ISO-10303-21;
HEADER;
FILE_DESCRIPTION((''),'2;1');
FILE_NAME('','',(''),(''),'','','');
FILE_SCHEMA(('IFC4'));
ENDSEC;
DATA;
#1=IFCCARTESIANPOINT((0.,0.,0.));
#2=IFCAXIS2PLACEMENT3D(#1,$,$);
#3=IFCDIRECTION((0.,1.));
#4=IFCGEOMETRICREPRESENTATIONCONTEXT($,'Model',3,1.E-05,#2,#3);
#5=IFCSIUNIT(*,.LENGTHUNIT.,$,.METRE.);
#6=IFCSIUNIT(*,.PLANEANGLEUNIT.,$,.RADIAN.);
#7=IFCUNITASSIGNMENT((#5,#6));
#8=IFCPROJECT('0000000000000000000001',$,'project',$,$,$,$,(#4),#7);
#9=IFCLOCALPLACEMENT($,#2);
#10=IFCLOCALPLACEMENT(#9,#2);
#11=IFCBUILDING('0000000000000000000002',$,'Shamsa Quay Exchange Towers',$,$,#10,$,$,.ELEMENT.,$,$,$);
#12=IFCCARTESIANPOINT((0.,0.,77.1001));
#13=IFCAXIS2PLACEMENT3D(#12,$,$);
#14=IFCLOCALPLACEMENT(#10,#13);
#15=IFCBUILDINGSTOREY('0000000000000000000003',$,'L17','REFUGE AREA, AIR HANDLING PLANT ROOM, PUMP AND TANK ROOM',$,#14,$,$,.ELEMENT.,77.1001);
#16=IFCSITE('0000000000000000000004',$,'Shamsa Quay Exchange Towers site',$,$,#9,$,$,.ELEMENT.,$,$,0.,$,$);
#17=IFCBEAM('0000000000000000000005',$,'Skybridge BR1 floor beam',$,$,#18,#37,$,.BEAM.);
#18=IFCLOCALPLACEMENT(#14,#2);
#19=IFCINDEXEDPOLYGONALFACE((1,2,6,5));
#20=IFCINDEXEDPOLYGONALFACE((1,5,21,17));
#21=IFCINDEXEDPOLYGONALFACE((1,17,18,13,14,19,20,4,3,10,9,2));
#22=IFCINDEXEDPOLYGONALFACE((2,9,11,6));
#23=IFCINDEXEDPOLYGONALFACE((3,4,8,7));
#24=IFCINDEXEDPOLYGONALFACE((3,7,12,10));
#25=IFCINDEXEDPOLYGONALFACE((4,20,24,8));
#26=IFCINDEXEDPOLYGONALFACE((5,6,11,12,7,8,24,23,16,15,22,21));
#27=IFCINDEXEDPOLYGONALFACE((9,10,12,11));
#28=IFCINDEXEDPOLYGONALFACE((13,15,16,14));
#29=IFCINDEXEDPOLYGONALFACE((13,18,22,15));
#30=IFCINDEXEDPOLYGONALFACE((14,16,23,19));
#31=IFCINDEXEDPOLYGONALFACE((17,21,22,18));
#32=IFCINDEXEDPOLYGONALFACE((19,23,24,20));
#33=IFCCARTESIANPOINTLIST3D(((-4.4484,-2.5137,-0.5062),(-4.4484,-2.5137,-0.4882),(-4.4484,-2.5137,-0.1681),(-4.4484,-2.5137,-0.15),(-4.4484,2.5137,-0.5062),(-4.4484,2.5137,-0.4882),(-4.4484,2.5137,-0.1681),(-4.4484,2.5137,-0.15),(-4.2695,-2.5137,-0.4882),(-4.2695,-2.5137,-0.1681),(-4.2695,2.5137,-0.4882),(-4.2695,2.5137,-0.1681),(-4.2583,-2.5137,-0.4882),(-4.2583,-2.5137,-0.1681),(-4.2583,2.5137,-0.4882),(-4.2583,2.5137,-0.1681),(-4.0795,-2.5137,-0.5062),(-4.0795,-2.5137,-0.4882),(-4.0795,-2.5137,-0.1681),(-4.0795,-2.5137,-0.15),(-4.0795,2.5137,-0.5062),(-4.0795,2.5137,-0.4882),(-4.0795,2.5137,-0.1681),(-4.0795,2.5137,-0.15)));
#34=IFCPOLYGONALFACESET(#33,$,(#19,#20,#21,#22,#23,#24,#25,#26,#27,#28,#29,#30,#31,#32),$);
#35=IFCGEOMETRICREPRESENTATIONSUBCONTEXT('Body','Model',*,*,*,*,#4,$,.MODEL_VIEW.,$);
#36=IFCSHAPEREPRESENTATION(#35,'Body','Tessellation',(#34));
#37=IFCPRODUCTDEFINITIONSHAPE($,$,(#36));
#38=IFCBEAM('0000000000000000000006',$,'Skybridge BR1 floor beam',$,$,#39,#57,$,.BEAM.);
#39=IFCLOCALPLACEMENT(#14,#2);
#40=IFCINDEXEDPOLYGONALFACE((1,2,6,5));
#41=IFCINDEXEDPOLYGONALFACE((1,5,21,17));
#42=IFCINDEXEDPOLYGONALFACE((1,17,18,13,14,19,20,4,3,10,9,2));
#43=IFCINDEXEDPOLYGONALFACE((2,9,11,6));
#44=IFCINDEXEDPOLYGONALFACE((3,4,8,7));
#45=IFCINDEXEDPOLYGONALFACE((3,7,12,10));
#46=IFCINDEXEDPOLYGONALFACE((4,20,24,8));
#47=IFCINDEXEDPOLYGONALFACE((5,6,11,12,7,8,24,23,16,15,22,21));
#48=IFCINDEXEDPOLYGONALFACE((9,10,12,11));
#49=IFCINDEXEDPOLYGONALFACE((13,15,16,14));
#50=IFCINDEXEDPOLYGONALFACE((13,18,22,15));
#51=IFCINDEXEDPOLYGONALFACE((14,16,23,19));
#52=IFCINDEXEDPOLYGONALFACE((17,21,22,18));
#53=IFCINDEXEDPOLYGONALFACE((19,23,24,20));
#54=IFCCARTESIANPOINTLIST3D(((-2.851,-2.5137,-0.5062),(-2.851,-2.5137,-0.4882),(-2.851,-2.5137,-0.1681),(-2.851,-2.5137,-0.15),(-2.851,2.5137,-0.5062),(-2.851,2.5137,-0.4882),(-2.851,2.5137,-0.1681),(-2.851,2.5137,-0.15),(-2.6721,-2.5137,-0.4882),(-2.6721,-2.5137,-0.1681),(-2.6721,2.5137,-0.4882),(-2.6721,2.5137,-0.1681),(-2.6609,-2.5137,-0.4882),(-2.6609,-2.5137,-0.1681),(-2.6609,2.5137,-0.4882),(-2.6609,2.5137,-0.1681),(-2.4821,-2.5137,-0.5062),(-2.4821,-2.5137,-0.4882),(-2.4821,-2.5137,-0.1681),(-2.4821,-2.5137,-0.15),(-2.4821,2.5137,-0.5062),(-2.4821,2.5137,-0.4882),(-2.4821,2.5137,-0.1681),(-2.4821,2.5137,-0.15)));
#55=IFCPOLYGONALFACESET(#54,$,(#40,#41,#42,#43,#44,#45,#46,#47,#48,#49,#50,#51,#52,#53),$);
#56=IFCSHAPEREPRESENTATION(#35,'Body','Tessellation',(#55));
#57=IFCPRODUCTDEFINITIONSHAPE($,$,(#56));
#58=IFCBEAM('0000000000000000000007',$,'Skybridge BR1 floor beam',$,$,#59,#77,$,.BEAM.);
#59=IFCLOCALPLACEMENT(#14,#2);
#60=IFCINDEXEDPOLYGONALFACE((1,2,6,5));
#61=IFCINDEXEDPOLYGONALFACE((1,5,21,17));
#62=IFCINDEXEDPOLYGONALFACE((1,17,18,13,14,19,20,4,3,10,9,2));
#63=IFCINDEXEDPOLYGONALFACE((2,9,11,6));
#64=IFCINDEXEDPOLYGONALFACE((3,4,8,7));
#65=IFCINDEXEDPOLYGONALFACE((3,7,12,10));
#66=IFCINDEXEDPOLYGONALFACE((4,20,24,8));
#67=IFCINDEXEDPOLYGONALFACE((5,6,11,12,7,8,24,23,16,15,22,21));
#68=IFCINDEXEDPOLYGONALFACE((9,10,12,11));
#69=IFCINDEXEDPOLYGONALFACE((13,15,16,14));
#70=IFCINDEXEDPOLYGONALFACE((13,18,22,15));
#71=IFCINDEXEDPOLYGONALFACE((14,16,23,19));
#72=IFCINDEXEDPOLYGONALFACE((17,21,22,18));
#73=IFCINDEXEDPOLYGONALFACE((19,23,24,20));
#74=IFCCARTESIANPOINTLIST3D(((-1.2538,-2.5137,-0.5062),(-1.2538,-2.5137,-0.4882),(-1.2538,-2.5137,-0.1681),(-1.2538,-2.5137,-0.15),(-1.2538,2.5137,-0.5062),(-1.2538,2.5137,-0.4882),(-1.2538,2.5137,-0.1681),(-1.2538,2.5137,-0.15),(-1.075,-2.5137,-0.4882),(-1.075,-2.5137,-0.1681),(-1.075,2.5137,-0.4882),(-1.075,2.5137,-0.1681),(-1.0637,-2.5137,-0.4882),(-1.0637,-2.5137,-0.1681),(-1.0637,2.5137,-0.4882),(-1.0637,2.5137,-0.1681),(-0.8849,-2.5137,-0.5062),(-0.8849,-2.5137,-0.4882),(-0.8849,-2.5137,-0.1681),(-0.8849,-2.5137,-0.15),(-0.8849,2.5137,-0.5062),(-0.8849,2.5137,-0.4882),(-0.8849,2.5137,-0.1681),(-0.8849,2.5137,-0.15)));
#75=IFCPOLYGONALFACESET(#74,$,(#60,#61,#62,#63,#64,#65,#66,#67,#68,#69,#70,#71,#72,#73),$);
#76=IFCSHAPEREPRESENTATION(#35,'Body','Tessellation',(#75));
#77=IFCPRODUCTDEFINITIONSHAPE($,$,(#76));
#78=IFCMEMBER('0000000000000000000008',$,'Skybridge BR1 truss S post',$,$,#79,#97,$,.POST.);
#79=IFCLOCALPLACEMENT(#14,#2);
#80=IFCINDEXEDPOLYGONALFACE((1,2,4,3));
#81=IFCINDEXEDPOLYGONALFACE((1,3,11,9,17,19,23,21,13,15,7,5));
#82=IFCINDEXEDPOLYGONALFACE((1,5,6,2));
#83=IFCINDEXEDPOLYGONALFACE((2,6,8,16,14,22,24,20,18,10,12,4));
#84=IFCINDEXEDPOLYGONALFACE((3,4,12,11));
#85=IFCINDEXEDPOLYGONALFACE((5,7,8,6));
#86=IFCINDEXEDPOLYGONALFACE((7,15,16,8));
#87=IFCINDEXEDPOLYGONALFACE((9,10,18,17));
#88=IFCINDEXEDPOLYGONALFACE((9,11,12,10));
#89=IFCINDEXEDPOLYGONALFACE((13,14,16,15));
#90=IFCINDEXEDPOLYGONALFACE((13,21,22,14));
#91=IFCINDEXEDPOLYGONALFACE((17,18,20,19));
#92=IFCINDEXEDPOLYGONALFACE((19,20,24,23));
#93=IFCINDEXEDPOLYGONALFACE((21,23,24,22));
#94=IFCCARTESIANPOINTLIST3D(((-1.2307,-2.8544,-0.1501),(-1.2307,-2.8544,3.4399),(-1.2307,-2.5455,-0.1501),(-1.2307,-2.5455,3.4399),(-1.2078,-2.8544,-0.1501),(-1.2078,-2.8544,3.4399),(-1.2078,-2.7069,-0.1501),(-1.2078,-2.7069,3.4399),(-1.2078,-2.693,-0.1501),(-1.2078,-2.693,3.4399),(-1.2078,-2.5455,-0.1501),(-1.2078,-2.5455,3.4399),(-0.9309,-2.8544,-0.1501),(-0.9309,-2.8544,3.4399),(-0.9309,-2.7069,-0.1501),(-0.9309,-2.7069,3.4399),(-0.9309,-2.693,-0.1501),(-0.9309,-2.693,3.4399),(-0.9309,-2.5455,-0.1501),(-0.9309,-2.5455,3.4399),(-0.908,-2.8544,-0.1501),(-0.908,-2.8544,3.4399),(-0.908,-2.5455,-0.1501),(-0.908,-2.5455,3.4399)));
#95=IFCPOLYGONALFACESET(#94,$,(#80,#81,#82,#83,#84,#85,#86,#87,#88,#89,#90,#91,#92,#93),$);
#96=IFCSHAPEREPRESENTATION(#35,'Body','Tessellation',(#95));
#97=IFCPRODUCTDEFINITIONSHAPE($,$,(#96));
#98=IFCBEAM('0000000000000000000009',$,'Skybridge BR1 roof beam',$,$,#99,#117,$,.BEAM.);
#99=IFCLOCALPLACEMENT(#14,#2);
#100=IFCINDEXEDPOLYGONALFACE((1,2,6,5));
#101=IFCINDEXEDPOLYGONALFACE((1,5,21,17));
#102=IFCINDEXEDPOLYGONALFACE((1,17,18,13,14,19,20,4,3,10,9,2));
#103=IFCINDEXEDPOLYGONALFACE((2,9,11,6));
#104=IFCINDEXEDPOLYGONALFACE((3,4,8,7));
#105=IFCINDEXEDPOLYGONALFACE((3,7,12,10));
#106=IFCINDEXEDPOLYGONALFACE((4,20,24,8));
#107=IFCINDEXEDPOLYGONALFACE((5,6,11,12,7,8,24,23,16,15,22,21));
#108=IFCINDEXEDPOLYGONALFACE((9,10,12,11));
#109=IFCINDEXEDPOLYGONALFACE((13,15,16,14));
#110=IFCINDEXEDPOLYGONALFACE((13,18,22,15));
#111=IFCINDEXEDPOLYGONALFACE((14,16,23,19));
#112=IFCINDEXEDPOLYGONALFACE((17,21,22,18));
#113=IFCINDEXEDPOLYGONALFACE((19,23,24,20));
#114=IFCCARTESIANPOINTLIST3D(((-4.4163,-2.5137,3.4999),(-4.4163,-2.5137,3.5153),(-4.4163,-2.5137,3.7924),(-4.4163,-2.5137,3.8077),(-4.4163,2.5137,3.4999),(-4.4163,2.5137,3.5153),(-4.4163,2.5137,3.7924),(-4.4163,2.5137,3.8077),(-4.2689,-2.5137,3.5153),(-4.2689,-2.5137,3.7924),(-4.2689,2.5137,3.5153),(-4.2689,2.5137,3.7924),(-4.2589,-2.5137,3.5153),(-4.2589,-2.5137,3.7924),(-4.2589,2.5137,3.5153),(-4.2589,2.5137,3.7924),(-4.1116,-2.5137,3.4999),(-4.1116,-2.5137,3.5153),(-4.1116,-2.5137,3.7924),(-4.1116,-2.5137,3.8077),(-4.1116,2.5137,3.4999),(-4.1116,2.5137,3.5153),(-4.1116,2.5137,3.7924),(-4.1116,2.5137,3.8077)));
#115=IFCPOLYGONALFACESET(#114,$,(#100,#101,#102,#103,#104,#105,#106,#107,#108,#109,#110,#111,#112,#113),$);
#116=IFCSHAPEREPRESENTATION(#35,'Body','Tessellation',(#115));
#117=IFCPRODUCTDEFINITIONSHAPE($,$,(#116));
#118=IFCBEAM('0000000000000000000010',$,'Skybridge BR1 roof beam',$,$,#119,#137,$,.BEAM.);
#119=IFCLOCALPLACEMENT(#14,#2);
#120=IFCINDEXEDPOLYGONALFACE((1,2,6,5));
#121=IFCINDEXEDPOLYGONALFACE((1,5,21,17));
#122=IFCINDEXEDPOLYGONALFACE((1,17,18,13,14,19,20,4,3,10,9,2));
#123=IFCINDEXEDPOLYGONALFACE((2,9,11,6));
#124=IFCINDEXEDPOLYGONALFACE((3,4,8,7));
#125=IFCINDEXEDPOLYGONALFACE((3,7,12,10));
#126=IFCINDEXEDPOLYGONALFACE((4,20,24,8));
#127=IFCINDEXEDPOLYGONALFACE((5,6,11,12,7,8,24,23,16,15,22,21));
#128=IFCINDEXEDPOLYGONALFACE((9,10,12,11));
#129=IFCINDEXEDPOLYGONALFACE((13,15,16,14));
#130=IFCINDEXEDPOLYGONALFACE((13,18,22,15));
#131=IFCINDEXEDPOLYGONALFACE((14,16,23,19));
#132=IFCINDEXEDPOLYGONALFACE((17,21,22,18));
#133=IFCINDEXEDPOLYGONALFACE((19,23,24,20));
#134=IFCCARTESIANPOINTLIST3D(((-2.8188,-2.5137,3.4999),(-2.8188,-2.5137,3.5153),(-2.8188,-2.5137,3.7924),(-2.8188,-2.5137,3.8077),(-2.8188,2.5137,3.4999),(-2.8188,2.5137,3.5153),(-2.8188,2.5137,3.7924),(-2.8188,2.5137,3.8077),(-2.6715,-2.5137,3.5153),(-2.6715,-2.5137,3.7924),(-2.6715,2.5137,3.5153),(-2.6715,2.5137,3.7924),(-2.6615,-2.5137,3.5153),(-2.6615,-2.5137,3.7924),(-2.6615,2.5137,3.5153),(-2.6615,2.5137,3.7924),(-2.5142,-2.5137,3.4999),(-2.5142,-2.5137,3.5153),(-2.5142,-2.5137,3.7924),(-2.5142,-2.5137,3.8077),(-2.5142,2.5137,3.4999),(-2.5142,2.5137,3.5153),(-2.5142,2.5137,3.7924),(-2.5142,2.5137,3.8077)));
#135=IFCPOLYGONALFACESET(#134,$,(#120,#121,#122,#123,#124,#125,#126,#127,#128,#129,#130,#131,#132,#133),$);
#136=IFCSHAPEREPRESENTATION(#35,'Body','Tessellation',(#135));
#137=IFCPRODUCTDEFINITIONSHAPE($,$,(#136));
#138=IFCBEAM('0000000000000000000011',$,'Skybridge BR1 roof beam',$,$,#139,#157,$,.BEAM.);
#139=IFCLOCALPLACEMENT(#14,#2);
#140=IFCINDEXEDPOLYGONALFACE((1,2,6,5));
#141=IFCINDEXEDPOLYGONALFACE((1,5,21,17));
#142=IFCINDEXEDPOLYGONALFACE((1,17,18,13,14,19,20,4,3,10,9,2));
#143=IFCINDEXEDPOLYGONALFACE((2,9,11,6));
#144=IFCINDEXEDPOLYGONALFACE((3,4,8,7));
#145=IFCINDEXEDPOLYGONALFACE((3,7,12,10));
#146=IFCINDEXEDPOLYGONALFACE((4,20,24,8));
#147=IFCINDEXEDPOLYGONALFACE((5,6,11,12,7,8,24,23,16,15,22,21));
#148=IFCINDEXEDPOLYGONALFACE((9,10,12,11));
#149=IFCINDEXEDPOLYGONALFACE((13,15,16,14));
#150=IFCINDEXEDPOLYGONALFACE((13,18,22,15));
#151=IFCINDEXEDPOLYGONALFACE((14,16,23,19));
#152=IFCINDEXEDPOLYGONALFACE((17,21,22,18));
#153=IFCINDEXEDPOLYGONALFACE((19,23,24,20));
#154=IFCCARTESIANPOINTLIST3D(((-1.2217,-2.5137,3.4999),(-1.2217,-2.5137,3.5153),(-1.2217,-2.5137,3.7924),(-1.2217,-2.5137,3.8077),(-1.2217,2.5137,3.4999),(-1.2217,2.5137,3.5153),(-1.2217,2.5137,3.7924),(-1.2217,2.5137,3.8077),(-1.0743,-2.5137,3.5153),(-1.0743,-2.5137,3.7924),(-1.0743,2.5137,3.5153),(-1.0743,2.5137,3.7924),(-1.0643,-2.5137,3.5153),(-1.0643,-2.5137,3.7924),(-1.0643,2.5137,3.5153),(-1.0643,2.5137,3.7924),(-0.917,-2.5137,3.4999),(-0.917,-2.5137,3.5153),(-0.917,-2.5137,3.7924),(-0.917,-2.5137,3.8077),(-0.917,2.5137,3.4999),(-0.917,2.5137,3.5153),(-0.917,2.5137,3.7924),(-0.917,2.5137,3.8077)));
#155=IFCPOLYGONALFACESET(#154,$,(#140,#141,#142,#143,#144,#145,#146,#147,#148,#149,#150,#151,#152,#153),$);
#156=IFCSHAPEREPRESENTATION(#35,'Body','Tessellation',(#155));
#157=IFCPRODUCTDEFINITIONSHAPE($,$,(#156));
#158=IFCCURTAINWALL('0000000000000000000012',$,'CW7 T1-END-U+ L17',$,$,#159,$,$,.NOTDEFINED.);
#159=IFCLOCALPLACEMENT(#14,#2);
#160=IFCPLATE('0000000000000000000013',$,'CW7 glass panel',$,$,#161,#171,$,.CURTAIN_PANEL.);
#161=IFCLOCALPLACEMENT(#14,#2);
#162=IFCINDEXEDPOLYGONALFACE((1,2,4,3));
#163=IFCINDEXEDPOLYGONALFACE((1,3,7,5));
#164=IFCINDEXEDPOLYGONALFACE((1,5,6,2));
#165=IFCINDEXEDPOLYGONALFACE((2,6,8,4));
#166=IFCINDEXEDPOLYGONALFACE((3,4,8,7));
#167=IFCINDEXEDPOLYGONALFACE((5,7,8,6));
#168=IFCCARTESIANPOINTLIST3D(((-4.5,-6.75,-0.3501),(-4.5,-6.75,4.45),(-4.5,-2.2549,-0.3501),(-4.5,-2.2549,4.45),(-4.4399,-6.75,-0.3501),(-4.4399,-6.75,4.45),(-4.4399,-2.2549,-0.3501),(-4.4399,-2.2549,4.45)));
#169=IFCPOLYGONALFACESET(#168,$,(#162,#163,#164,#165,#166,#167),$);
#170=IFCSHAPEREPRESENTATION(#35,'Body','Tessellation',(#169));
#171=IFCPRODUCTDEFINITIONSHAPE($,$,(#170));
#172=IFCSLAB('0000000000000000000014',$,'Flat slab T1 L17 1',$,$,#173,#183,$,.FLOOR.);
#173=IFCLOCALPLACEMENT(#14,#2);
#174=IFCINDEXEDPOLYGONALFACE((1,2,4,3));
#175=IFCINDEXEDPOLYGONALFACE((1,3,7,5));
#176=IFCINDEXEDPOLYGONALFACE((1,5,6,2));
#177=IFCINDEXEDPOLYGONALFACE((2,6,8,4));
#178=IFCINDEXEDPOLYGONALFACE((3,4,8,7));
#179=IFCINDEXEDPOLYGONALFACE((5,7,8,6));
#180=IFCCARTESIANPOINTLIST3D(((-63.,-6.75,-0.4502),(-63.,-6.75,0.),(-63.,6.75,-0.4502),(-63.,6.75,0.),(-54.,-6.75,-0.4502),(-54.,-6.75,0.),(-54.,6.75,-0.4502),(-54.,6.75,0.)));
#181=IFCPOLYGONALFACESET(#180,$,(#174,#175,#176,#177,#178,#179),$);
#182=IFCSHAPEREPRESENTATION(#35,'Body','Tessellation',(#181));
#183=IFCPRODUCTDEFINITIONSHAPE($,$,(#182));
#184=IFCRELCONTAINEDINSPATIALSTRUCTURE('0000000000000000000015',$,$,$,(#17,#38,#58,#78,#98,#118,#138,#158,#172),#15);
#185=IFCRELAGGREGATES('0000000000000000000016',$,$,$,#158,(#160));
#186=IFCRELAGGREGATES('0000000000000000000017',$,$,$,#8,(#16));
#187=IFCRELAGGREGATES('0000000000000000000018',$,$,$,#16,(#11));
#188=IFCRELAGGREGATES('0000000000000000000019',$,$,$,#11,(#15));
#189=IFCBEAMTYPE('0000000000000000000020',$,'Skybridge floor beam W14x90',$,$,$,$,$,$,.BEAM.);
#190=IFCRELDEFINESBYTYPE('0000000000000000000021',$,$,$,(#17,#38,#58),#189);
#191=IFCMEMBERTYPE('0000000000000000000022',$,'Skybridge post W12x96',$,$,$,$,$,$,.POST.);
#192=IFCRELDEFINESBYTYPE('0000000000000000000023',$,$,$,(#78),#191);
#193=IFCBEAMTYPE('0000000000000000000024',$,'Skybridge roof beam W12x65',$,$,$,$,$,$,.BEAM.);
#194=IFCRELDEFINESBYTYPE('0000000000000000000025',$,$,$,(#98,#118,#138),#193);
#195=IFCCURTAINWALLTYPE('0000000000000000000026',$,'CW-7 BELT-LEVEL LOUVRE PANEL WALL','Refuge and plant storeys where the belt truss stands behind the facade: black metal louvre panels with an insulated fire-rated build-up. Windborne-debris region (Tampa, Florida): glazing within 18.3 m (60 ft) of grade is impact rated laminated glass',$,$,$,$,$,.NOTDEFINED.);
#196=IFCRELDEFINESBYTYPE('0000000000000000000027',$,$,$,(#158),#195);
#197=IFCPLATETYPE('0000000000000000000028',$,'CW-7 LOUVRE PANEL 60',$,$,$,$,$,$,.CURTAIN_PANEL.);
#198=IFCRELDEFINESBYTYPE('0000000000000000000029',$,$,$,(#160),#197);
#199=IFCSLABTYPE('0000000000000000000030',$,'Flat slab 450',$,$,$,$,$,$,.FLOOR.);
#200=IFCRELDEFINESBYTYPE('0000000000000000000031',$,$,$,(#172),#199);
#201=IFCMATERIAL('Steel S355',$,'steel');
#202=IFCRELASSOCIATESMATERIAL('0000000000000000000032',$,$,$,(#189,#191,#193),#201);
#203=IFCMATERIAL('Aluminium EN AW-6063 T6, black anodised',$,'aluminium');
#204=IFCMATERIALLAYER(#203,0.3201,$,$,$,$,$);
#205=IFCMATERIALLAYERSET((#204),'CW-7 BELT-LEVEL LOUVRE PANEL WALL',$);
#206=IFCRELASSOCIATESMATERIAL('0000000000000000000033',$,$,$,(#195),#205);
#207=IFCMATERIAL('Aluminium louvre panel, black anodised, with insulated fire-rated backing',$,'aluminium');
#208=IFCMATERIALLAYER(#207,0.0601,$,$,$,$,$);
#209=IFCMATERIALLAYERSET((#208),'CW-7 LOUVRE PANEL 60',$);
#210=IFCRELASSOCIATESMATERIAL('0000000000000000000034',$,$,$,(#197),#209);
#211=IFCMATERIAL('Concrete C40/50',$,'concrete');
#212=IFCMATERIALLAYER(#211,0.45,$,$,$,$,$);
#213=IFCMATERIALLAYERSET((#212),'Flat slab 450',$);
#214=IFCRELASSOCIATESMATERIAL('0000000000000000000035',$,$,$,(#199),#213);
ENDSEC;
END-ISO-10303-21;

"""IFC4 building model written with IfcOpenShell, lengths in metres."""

from ifc_helpers import new_model, si_unit, direction, frame, origin, origin_2d, place, context, subcontext, project, spatial, polyline, rectangle, i_section, outline, extrude, material, layer, layer_set, material_profile, profile_set, type_object, element, aggregate, save


model = new_model("IFC4")

# Units and contexts
model_context = context("Model", 3, precision=1e-05, world=origin(), true_north=direction((0.0, 1.0)))
body_context = subcontext(model_context, "Body", "Model", "MODEL_VIEW")
ifc_project = project(units=[si_unit("LENGTHUNIT", "METRE"), si_unit("PLANEANGLEUNIT", "RADIAN")], contexts=[model_context])

# Site, building, storey
site_placement = place(None, origin())
site = spatial("IfcSite", under=ifc_project, at=site_placement, Name="Shamsa Quay Exchange Towers site", CompositionType="ELEMENT", RefElevation=0.0)
building_placement = place(site_placement, origin())
building = spatial("IfcBuilding", under=site, at=building_placement, Name="Shamsa Quay Exchange Towers", CompositionType="ELEMENT")
storey_placement = place(building_placement, frame((0.0, 0.0, 77.1001)))
storey = spatial("IfcBuildingStorey", under=building, at=storey_placement, Name="L17", Description="REFUGE AREA, AIR HANDLING PLANT ROOM, PUMP AND TANK ROOM", CompositionType="ELEMENT", Elevation=77.1001)

# Shared definitions
ifc_material_1 = material(Name="Steel S355", Category="steel")

# Beams
ifc_material_profile_1 = material_profile(ifc_material_1, i_section(OverallWidth=0.3689, OverallDepth=0.3562, WebThickness=0.0112, FlangeThickness=0.0181, at=origin_2d()), Name="W14x90")
ifc_profile_set_1 = profile_set([ifc_material_profile_1], Name="Steel S355")
beam_type_1 = type_object("IfcBeamType", Name="Skybridge floor beam W14x90", PredefinedType="BEAM", material=ifc_profile_set_1)
for number, where, z_axis, x_axis, name in (
    (1, (-4.2639, -2.5137, -0.3281), (0.0, 1.0, 0.0), (-1.0, 0.0, 0.0), "Skybridge BR1 floor beam"),
    (2, (-2.6665, -2.5137, -0.3281), (0.0, 1.0, 0.0), (-1.0, 0.0, 0.0), "Skybridge BR1 floor beam"),
    (3, (-1.0693, -2.5137, -0.3281), (0.0, 1.0, 0.0), (-1.0, 0.0, 0.0), "Skybridge BR1 floor beam"),
):
    element("IfcBeam", number, at=place(storey_placement, frame(where, z_axis=z_axis, x_axis=x_axis)), inside=storey, type_object=beam_type_1, Name=name, PredefinedType="BEAM", context=body_context, shape_type="SweptSolid", body=[
        extrude(i_section(OverallWidth=0.3689, OverallDepth=0.3562, WebThickness=0.0112, FlangeThickness=0.0181, at=origin_2d()), origin(), (0.0, 0.0, 1.0), 5.0273),
    ])

# Member
ifc_material_profile_2 = material_profile(ifc_material_1, i_section(OverallWidth=0.3088, OverallDepth=0.3228, WebThickness=0.0139, FlangeThickness=0.0229, at=origin_2d()), Name="W12x96")
ifc_profile_set_2 = profile_set([ifc_material_profile_2], Name="Steel S355")
member_type_1 = type_object("IfcMemberType", Name="Skybridge post W12x96", PredefinedType="POST", material=ifc_profile_set_2)
member_1_placement = place(storey_placement, frame((-1.0693, -2.7, -0.1501), z_axis=(0.0, 0.0, 1.0), x_axis=(0.0, 1.0, 0.0)))
element("IfcMember", 4, at=member_1_placement, inside=storey, type_object=member_type_1, Name="Skybridge BR1 truss S post", PredefinedType="POST", context=body_context, shape_type="SweptSolid", body=[
    extrude(i_section(OverallWidth=0.3088, OverallDepth=0.3228, WebThickness=0.0139, FlangeThickness=0.0229, at=origin_2d()), origin(), (0.0, 0.0, 1.0), 3.5901),
])

# Beams
ifc_material_profile_3 = material_profile(ifc_material_1, i_section(OverallWidth=0.3047, OverallDepth=0.3079, WebThickness=0.01, FlangeThickness=0.0154, at=origin_2d()), Name="W12x65")
ifc_profile_set_3 = profile_set([ifc_material_profile_3], Name="Steel S355")
beam_type_2 = type_object("IfcBeamType", Name="Skybridge roof beam W12x65", PredefinedType="BEAM", material=ifc_profile_set_3)
for number, where, z_axis, x_axis, name in (
    (5, (-4.2639, -2.5137, 3.6538), (0.0, 1.0, 0.0), (-1.0, 0.0, 0.0), "Skybridge BR1 roof beam"),
    (6, (-2.6665, -2.5137, 3.6538), (0.0, 1.0, 0.0), (-1.0, 0.0, 0.0), "Skybridge BR1 roof beam"),
    (7, (-1.0693, -2.5137, 3.6538), (0.0, 1.0, 0.0), (-1.0, 0.0, 0.0), "Skybridge BR1 roof beam"),
):
    element("IfcBeam", number, at=place(storey_placement, frame(where, z_axis=z_axis, x_axis=x_axis)), inside=storey, type_object=beam_type_2, Name=name, PredefinedType="BEAM", context=body_context, shape_type="SweptSolid", body=[
        extrude(i_section(OverallWidth=0.3047, OverallDepth=0.3079, WebThickness=0.01, FlangeThickness=0.0154, at=origin_2d()), origin(), (0.0, 0.0, 1.0), 5.0273),
    ])

# Curtain wall, plate
ifc_material_2 = material(Name="Aluminium EN AW-6063 T6, black anodised", Category="aluminium")
ifc_layer_1 = layer(ifc_material_2, 0.3201)
ifc_layer_set_1 = layer_set([ifc_layer_1], Name="CW-7 BELT-LEVEL LOUVRE PANEL WALL")
curtain_wall_type = type_object("IfcCurtainWallType", Name="CW-7 BELT-LEVEL LOUVRE PANEL WALL", Description="Refuge and plant storeys where the belt truss stands behind the facade: black metal louvre panels with an insulated fire-rated build-up. Windborne-debris region (Tampa, Florida): glazing within 18.3 m (60 ft) of grade is impact rated laminated glass", PredefinedType="NOTDEFINED", material=ifc_layer_set_1)
curtain_wall_placement = place(storey_placement, origin())
curtain_wall = element("IfcCurtainWall", 8, at=curtain_wall_placement, inside=storey, type_object=curtain_wall_type, Name="CW7 T1-END-U+ L17", PredefinedType="NOTDEFINED")
ifc_material_3 = material(Name="Aluminium louvre panel, black anodised, with insulated fire-rated backing", Category="aluminium")
ifc_layer_2 = layer(ifc_material_3, 0.0601)
ifc_layer_set_2 = layer_set([ifc_layer_2], Name="CW-7 LOUVRE PANEL 60")
plate_type = type_object("IfcPlateType", Name="CW-7 LOUVRE PANEL 60", PredefinedType="CURTAIN_PANEL", material=ifc_layer_set_2)
plate_placement = place(storey_placement, frame((-4.47, -4.5024, -0.3501), z_axis=(0.0, 0.0, 1.0), x_axis=(0.0, 1.0, 0.0)))
plate = element("IfcPlate", 9, at=plate_placement, type_object=plate_type, Name="CW7 glass panel", PredefinedType="CURTAIN_PANEL", context=body_context, shape_type="SweptSolid", body=[
    extrude(rectangle(XDim=4.4951, YDim=0.0601, at=origin_2d()), origin(), (0.0, 0.0, 1.0), 4.8),
])
aggregate(curtain_wall, [plate])

# Slab
ifc_material_4 = material(Name="Concrete C40/50", Category="concrete")
ifc_layer_3 = layer(ifc_material_4, 0.45)
ifc_layer_set_3 = layer_set([ifc_layer_3], Name="Flat slab 450")
slab_type = type_object("IfcSlabType", Name="Flat slab 450", PredefinedType="FLOOR", material=ifc_layer_set_3)
slab_1_placement = place(storey_placement, frame((0.0, 0.0, -0.4502)))
element("IfcSlab", 10, at=slab_1_placement, inside=storey, type_object=slab_type, Name="Flat slab T1 L17 1", PredefinedType="FLOOR", context=body_context, shape_type="SweptSolid", body=[
    extrude(outline(polyline([(-63.0, -6.75), (-54.0, -6.75), (-54.0, 6.75), (-63.0, 6.75), (-63.0, -6.75)])), origin(), (0.0, 0.0, 1.0), 0.4502),
])

save(model, "model.ifc")
